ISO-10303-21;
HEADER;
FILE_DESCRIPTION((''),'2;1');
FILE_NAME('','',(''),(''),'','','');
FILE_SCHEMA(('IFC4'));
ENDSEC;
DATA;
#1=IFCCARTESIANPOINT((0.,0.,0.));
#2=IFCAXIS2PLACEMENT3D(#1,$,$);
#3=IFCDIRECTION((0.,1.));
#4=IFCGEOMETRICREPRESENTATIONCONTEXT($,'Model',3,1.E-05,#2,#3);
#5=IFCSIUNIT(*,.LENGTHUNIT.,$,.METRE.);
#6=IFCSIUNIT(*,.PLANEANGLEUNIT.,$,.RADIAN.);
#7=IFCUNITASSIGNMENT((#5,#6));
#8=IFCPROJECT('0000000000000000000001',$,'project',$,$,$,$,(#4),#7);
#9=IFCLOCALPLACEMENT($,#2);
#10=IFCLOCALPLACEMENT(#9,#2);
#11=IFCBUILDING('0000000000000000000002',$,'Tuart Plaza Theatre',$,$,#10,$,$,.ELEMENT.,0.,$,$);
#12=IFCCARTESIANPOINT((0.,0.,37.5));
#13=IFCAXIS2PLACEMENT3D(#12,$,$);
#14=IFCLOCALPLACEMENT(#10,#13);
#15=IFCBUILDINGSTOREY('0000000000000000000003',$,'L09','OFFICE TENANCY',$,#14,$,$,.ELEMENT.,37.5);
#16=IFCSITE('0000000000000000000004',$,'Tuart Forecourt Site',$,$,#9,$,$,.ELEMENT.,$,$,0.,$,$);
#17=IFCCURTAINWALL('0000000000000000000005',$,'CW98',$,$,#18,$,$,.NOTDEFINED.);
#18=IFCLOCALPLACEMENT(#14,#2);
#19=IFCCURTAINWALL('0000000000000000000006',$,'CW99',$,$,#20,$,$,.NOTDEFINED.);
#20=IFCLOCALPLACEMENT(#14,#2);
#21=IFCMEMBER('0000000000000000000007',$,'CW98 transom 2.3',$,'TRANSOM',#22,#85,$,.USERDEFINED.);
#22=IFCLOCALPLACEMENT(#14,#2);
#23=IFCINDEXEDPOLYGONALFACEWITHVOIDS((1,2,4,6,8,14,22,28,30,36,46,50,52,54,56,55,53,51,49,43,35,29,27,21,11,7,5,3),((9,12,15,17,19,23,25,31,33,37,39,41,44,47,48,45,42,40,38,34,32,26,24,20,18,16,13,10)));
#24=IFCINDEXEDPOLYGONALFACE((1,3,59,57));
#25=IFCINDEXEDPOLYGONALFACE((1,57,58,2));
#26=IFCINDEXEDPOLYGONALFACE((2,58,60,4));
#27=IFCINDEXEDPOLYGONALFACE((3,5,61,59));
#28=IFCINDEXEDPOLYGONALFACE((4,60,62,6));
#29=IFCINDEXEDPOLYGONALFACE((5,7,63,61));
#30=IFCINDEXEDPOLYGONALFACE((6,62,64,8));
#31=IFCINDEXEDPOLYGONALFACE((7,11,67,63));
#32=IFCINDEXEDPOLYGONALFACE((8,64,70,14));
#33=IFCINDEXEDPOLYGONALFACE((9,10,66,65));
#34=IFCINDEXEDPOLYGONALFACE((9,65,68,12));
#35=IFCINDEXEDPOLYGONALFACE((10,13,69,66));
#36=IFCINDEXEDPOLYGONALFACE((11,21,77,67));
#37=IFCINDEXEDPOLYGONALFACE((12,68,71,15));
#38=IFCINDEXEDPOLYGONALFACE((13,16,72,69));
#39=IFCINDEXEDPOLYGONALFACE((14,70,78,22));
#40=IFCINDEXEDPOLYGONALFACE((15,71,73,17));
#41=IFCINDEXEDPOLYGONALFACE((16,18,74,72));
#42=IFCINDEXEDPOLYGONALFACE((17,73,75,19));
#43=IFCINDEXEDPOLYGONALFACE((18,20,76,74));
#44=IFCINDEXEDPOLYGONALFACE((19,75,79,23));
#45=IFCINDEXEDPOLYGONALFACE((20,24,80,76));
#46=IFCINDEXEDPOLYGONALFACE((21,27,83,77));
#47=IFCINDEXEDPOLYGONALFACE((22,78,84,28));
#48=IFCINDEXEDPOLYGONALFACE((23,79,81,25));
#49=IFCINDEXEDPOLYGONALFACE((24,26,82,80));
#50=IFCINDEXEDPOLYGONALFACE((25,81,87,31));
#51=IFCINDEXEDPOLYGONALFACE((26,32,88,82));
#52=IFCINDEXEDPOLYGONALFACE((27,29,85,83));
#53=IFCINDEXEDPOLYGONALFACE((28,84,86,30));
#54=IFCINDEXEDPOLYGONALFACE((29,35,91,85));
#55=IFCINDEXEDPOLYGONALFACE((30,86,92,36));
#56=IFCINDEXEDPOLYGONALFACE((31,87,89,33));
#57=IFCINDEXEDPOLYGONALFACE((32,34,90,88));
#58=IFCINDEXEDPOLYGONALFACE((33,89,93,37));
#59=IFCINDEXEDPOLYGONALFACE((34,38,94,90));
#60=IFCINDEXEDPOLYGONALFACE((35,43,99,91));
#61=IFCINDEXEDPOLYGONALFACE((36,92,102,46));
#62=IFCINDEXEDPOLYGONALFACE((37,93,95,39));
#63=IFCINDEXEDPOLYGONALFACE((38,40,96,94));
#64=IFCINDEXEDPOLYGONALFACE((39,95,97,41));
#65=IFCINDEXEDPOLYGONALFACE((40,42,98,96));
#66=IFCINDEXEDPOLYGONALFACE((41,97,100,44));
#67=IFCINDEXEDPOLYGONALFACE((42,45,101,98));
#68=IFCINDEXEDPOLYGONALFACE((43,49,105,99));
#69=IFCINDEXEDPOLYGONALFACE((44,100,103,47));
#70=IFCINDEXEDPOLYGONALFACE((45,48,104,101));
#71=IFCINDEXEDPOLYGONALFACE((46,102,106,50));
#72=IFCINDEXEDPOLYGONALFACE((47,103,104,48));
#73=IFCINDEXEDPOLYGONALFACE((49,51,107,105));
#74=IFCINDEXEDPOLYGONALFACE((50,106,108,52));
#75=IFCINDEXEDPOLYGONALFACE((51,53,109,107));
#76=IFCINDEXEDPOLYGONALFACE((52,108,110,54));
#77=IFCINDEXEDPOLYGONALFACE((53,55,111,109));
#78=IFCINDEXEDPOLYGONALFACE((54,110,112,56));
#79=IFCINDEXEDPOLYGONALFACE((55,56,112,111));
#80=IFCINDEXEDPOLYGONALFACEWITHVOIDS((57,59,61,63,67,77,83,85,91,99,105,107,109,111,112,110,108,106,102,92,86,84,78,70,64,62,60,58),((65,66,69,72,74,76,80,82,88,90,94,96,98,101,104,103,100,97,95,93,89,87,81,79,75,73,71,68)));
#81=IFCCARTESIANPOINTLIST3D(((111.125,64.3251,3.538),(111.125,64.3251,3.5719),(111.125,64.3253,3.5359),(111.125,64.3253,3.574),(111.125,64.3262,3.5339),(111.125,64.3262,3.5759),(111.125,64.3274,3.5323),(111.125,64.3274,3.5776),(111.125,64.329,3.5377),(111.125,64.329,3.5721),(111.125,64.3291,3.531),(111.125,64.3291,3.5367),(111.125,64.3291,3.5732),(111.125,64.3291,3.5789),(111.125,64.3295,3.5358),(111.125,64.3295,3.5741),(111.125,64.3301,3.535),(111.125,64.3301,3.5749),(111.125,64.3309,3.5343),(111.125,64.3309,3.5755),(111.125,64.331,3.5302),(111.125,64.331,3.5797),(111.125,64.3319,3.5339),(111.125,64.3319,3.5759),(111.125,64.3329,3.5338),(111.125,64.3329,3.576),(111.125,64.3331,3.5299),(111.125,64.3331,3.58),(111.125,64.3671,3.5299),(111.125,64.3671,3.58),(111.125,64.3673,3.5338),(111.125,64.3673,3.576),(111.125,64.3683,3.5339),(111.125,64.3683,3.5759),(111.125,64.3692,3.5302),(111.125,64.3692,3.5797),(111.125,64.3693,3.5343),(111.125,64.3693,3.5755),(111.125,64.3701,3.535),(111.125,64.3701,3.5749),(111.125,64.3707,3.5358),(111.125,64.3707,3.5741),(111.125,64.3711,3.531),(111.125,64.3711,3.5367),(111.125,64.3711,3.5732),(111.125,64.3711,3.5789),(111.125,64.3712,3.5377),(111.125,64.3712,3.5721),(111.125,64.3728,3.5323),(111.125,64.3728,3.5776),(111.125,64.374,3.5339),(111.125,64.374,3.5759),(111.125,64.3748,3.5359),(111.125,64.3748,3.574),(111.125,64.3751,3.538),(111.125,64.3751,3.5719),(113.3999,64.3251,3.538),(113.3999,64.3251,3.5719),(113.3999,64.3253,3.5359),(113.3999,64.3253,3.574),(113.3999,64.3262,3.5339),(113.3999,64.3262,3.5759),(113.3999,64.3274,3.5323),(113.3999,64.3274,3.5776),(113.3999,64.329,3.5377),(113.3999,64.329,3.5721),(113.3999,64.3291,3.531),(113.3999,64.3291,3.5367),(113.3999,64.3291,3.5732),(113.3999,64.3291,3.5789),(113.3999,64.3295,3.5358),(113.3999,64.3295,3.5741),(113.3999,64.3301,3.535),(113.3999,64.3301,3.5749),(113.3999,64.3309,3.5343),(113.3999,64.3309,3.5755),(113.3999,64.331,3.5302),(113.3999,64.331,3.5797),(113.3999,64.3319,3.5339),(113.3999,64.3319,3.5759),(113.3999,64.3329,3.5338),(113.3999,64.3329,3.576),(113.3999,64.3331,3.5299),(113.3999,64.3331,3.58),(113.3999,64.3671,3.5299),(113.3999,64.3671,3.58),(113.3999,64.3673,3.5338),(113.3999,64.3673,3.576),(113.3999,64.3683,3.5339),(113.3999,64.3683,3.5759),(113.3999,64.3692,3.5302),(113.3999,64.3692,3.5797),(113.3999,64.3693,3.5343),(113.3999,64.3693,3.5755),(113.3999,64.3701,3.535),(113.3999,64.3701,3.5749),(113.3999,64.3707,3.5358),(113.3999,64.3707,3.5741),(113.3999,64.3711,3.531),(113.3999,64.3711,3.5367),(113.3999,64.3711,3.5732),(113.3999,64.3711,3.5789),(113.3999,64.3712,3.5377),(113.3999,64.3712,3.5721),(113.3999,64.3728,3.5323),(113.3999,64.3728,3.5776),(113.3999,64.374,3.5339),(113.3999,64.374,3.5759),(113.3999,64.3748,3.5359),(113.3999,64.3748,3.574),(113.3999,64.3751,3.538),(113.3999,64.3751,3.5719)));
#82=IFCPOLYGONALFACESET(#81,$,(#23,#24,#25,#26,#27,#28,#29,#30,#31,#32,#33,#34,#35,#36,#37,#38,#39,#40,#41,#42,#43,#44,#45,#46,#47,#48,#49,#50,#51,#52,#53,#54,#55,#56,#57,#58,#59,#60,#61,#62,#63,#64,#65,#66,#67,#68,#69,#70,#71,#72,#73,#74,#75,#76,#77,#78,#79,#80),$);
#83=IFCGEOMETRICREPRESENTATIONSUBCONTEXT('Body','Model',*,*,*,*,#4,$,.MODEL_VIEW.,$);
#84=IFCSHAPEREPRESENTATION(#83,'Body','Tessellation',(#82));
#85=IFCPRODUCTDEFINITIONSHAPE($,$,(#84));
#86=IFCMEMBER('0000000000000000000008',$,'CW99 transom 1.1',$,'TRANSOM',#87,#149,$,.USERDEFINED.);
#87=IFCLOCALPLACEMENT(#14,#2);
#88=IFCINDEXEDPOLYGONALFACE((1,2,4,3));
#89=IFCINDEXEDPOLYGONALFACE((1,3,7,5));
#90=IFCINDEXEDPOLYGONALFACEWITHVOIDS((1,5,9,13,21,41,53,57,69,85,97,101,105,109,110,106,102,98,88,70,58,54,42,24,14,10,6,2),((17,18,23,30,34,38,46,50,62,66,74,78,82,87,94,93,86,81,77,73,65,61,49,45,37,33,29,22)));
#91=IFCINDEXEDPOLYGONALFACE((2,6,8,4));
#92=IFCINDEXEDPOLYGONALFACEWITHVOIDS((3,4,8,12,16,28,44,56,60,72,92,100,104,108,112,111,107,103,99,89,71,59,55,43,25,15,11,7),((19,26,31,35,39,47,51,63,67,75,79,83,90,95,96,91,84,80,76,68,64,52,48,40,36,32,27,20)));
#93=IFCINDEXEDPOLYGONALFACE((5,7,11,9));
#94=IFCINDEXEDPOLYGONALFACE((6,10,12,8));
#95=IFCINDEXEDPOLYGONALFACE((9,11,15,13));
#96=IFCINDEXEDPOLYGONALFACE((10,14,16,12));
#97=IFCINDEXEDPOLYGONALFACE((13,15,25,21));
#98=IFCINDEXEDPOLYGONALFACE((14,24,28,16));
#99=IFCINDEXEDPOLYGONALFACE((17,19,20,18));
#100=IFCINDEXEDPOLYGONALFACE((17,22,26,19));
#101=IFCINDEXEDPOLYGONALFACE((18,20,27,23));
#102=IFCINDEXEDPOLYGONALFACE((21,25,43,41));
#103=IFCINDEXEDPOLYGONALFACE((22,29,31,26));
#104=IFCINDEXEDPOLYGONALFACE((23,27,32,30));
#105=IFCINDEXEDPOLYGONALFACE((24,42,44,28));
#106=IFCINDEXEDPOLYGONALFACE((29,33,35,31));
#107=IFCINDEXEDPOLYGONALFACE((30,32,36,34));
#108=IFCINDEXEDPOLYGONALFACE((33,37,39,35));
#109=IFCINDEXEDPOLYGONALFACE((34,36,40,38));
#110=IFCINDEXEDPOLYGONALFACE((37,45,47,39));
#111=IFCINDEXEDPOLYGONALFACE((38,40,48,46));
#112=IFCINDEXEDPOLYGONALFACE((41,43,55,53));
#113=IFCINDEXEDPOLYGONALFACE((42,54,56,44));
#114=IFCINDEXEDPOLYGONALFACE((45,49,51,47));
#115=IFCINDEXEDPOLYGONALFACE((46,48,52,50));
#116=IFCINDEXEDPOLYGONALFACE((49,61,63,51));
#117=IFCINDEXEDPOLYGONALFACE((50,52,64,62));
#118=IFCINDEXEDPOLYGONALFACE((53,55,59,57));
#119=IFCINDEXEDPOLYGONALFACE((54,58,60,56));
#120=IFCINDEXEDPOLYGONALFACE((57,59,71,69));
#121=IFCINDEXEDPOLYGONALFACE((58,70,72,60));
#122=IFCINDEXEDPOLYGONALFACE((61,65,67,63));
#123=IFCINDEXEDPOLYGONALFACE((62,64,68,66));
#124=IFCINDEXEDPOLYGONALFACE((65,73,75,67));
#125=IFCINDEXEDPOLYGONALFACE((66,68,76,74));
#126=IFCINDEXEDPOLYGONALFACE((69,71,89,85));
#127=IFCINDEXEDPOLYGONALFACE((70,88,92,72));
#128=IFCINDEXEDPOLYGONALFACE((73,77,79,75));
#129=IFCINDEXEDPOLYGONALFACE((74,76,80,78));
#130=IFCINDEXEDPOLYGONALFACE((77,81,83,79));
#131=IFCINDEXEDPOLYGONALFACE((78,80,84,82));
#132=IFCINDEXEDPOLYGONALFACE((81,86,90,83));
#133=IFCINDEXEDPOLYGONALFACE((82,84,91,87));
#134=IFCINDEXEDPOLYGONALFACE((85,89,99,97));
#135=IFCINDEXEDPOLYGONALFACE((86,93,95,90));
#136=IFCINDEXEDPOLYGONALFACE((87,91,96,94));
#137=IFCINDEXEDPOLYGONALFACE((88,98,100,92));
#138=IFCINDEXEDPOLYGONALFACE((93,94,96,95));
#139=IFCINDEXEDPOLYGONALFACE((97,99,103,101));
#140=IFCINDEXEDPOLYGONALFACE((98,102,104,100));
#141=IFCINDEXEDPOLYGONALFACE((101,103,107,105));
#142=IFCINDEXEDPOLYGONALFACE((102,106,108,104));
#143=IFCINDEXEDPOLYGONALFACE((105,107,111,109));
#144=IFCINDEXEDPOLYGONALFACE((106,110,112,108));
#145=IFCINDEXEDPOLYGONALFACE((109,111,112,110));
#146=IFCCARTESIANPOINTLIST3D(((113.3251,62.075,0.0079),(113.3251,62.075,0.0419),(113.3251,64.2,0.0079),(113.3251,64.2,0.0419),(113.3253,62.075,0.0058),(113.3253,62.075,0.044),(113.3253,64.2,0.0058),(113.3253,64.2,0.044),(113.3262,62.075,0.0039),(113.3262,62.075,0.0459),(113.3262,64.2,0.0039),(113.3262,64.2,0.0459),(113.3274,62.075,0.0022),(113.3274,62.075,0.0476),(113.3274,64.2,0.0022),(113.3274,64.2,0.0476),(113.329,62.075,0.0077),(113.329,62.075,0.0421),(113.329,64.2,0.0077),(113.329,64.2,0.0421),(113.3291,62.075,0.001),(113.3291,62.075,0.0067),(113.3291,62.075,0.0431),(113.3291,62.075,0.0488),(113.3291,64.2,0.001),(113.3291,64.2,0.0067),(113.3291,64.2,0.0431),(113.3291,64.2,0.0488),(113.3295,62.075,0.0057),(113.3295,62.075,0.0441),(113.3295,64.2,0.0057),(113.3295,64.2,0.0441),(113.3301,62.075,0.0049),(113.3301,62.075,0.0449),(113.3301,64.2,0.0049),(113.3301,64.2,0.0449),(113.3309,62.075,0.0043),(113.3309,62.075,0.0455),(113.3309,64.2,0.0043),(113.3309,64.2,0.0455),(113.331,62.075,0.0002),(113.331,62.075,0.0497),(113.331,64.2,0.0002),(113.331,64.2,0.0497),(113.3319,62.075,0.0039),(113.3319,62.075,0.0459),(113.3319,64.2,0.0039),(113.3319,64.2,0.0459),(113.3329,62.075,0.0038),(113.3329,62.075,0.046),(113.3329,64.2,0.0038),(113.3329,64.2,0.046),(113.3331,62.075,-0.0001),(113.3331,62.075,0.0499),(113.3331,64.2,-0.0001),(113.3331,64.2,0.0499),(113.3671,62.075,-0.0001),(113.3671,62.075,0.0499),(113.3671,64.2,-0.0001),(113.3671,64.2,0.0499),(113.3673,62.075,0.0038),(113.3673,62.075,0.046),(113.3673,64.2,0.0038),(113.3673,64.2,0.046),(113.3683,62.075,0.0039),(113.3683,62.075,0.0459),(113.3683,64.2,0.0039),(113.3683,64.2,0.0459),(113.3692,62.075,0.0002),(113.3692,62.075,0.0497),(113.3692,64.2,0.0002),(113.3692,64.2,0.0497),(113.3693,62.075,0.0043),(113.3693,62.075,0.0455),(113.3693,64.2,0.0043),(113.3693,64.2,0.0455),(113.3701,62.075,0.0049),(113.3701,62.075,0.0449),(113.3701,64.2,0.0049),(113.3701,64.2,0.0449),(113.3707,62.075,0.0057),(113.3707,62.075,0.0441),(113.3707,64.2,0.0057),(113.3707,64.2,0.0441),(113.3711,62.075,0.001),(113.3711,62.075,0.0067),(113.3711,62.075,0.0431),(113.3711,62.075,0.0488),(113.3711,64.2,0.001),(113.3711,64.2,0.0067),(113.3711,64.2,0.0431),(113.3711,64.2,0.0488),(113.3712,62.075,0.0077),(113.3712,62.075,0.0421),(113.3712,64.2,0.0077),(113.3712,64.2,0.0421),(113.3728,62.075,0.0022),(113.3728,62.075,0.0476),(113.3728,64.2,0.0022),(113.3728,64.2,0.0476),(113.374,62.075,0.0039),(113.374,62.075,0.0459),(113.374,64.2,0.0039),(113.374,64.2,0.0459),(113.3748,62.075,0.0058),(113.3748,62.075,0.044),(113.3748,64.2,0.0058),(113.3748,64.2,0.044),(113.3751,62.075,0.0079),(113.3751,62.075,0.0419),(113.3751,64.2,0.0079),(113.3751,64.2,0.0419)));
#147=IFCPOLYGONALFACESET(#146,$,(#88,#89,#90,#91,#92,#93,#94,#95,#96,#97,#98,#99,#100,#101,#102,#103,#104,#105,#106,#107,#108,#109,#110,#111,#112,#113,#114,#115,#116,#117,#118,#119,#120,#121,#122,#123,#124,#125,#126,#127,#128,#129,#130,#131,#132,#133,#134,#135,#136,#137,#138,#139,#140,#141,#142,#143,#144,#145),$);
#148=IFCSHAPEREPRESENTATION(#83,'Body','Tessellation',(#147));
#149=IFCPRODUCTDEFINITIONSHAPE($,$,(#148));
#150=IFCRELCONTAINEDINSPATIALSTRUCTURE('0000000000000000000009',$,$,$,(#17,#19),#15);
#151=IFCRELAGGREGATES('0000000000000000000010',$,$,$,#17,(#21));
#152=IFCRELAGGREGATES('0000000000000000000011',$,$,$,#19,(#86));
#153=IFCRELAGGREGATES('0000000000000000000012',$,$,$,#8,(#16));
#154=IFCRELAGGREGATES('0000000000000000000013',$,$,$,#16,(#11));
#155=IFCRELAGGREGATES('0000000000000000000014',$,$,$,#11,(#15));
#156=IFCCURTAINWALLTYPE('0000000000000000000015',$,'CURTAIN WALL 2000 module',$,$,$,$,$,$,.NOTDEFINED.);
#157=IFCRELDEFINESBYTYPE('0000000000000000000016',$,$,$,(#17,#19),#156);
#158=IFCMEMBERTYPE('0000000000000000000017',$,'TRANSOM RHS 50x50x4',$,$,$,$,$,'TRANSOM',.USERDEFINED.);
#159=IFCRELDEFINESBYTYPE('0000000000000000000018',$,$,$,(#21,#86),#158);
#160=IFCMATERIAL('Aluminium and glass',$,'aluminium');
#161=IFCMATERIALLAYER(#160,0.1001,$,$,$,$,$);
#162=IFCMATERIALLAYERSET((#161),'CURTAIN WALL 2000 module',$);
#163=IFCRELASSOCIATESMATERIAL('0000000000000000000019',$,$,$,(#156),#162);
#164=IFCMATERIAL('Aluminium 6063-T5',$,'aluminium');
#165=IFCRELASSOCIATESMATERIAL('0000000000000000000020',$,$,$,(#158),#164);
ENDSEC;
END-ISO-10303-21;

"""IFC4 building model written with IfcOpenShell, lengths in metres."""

from ifc_helpers import new_model, si_unit, direction, frame, origin, origin_2d, place, context, subcontext, project, spatial, hollow_rectangle, extrude, material, layer, layer_set, material_profile, profile_set, type_object, element, aggregate, save


model = new_model("IFC4")

# Units and contexts
model_context = context("Model", 3, precision=1e-05, world=origin(), true_north=direction((0.0, 1.0)))
body_context = subcontext(model_context, "Body", "Model", "MODEL_VIEW")
ifc_project = project(units=[si_unit("LENGTHUNIT", "METRE"), si_unit("PLANEANGLEUNIT", "RADIAN")], contexts=[model_context])

# Site, building, storey
site_placement = place(None, origin())
site = spatial("IfcSite", under=ifc_project, at=site_placement, Name="Tuart Forecourt Site", CompositionType="ELEMENT", RefElevation=0.0)
building_placement = place(site_placement, origin())
building = spatial("IfcBuilding", under=site, at=building_placement, Name="Tuart Plaza Theatre", CompositionType="ELEMENT", ElevationOfRefHeight=0.0)
storey_placement = place(building_placement, frame((0.0, 0.0, 37.5)))
storey = spatial("IfcBuildingStorey", under=building, at=storey_placement, Name="L09", Description="OFFICE TENANCY", CompositionType="ELEMENT", Elevation=37.5)

# Curtain wall
ifc_material_1 = material(Name="Aluminium and glass", Category="aluminium")
ifc_layer_1 = layer(ifc_material_1, 0.1001)
ifc_layer_set_1 = layer_set([ifc_layer_1], Name="CURTAIN WALL 2000 module")
curtain_wall_type = type_object("IfcCurtainWallType", Name="CURTAIN WALL 2000 module", PredefinedType="NOTDEFINED", material=ifc_layer_set_1)
curtain_wall_1_placement = place(storey_placement, origin())
curtain_wall_1 = element("IfcCurtainWall", 1, at=curtain_wall_1_placement, inside=storey, type_object=curtain_wall_type, Name="CW98", PredefinedType="NOTDEFINED")

# Curtain wall
curtain_wall_2_placement = place(storey_placement, origin())
curtain_wall_2 = element("IfcCurtainWall", 2, at=curtain_wall_2_placement, inside=storey, type_object=curtain_wall_type, Name="CW99", PredefinedType="NOTDEFINED")

# Members
ifc_material_2 = material(Name="Aluminium 6063-T5", Category="aluminium")
ifc_material_profile_1 = material_profile(ifc_material_2, hollow_rectangle(XDim=0.05, YDim=0.05, WallThickness=0.0039, InnerFilletRadius=0.0039, OuterFilletRadius=0.0081, at=origin_2d()), Name="RHS 50x50x4")
ifc_profile_set_1 = profile_set([ifc_material_profile_1], Name="Aluminium 6063-T5")
member_type_1 = type_object("IfcMemberType", Name="TRANSOM RHS 50x50x4", ElementType="TRANSOM", PredefinedType="USERDEFINED", material=ifc_profile_set_1)
member_1_placement = place(storey_placement, frame((111.125, 64.3501, 3.5549), z_axis=(1.0, 0.0, 0.0), x_axis=(0.0, 1.0, 0.0)))
member_1 = element("IfcMember", 3, at=member_1_placement, type_object=member_type_1, Name="CW98 transom 2.3", ObjectType="TRANSOM", PredefinedType="USERDEFINED", context=body_context, shape_type="SweptSolid", body=[
    extrude(hollow_rectangle(XDim=0.05, YDim=0.05, WallThickness=0.0039, InnerFilletRadius=0.0039, OuterFilletRadius=0.0081, at=origin_2d()), origin(), (0.0, 0.0, 1.0), 2.2749),
])
member_2_placement = place(storey_placement, frame((113.3501, 64.2, 0.0249), z_axis=(0.0, -1.0, 0.0), x_axis=(1.0, 0.0, 0.0)))
member_2 = element("IfcMember", 4, at=member_2_placement, type_object=member_type_1, Name="CW99 transom 1.1", ObjectType="TRANSOM", PredefinedType="USERDEFINED", context=body_context, shape_type="SweptSolid", body=[
    extrude(hollow_rectangle(XDim=0.05, YDim=0.05, WallThickness=0.0039, InnerFilletRadius=0.0039, OuterFilletRadius=0.0081, at=origin_2d()), origin(), (0.0, 0.0, 1.0), 2.125),
])

aggregate(curtain_wall_1, [member_1])
aggregate(curtain_wall_2, [member_2])

save(model, "model.ifc")
